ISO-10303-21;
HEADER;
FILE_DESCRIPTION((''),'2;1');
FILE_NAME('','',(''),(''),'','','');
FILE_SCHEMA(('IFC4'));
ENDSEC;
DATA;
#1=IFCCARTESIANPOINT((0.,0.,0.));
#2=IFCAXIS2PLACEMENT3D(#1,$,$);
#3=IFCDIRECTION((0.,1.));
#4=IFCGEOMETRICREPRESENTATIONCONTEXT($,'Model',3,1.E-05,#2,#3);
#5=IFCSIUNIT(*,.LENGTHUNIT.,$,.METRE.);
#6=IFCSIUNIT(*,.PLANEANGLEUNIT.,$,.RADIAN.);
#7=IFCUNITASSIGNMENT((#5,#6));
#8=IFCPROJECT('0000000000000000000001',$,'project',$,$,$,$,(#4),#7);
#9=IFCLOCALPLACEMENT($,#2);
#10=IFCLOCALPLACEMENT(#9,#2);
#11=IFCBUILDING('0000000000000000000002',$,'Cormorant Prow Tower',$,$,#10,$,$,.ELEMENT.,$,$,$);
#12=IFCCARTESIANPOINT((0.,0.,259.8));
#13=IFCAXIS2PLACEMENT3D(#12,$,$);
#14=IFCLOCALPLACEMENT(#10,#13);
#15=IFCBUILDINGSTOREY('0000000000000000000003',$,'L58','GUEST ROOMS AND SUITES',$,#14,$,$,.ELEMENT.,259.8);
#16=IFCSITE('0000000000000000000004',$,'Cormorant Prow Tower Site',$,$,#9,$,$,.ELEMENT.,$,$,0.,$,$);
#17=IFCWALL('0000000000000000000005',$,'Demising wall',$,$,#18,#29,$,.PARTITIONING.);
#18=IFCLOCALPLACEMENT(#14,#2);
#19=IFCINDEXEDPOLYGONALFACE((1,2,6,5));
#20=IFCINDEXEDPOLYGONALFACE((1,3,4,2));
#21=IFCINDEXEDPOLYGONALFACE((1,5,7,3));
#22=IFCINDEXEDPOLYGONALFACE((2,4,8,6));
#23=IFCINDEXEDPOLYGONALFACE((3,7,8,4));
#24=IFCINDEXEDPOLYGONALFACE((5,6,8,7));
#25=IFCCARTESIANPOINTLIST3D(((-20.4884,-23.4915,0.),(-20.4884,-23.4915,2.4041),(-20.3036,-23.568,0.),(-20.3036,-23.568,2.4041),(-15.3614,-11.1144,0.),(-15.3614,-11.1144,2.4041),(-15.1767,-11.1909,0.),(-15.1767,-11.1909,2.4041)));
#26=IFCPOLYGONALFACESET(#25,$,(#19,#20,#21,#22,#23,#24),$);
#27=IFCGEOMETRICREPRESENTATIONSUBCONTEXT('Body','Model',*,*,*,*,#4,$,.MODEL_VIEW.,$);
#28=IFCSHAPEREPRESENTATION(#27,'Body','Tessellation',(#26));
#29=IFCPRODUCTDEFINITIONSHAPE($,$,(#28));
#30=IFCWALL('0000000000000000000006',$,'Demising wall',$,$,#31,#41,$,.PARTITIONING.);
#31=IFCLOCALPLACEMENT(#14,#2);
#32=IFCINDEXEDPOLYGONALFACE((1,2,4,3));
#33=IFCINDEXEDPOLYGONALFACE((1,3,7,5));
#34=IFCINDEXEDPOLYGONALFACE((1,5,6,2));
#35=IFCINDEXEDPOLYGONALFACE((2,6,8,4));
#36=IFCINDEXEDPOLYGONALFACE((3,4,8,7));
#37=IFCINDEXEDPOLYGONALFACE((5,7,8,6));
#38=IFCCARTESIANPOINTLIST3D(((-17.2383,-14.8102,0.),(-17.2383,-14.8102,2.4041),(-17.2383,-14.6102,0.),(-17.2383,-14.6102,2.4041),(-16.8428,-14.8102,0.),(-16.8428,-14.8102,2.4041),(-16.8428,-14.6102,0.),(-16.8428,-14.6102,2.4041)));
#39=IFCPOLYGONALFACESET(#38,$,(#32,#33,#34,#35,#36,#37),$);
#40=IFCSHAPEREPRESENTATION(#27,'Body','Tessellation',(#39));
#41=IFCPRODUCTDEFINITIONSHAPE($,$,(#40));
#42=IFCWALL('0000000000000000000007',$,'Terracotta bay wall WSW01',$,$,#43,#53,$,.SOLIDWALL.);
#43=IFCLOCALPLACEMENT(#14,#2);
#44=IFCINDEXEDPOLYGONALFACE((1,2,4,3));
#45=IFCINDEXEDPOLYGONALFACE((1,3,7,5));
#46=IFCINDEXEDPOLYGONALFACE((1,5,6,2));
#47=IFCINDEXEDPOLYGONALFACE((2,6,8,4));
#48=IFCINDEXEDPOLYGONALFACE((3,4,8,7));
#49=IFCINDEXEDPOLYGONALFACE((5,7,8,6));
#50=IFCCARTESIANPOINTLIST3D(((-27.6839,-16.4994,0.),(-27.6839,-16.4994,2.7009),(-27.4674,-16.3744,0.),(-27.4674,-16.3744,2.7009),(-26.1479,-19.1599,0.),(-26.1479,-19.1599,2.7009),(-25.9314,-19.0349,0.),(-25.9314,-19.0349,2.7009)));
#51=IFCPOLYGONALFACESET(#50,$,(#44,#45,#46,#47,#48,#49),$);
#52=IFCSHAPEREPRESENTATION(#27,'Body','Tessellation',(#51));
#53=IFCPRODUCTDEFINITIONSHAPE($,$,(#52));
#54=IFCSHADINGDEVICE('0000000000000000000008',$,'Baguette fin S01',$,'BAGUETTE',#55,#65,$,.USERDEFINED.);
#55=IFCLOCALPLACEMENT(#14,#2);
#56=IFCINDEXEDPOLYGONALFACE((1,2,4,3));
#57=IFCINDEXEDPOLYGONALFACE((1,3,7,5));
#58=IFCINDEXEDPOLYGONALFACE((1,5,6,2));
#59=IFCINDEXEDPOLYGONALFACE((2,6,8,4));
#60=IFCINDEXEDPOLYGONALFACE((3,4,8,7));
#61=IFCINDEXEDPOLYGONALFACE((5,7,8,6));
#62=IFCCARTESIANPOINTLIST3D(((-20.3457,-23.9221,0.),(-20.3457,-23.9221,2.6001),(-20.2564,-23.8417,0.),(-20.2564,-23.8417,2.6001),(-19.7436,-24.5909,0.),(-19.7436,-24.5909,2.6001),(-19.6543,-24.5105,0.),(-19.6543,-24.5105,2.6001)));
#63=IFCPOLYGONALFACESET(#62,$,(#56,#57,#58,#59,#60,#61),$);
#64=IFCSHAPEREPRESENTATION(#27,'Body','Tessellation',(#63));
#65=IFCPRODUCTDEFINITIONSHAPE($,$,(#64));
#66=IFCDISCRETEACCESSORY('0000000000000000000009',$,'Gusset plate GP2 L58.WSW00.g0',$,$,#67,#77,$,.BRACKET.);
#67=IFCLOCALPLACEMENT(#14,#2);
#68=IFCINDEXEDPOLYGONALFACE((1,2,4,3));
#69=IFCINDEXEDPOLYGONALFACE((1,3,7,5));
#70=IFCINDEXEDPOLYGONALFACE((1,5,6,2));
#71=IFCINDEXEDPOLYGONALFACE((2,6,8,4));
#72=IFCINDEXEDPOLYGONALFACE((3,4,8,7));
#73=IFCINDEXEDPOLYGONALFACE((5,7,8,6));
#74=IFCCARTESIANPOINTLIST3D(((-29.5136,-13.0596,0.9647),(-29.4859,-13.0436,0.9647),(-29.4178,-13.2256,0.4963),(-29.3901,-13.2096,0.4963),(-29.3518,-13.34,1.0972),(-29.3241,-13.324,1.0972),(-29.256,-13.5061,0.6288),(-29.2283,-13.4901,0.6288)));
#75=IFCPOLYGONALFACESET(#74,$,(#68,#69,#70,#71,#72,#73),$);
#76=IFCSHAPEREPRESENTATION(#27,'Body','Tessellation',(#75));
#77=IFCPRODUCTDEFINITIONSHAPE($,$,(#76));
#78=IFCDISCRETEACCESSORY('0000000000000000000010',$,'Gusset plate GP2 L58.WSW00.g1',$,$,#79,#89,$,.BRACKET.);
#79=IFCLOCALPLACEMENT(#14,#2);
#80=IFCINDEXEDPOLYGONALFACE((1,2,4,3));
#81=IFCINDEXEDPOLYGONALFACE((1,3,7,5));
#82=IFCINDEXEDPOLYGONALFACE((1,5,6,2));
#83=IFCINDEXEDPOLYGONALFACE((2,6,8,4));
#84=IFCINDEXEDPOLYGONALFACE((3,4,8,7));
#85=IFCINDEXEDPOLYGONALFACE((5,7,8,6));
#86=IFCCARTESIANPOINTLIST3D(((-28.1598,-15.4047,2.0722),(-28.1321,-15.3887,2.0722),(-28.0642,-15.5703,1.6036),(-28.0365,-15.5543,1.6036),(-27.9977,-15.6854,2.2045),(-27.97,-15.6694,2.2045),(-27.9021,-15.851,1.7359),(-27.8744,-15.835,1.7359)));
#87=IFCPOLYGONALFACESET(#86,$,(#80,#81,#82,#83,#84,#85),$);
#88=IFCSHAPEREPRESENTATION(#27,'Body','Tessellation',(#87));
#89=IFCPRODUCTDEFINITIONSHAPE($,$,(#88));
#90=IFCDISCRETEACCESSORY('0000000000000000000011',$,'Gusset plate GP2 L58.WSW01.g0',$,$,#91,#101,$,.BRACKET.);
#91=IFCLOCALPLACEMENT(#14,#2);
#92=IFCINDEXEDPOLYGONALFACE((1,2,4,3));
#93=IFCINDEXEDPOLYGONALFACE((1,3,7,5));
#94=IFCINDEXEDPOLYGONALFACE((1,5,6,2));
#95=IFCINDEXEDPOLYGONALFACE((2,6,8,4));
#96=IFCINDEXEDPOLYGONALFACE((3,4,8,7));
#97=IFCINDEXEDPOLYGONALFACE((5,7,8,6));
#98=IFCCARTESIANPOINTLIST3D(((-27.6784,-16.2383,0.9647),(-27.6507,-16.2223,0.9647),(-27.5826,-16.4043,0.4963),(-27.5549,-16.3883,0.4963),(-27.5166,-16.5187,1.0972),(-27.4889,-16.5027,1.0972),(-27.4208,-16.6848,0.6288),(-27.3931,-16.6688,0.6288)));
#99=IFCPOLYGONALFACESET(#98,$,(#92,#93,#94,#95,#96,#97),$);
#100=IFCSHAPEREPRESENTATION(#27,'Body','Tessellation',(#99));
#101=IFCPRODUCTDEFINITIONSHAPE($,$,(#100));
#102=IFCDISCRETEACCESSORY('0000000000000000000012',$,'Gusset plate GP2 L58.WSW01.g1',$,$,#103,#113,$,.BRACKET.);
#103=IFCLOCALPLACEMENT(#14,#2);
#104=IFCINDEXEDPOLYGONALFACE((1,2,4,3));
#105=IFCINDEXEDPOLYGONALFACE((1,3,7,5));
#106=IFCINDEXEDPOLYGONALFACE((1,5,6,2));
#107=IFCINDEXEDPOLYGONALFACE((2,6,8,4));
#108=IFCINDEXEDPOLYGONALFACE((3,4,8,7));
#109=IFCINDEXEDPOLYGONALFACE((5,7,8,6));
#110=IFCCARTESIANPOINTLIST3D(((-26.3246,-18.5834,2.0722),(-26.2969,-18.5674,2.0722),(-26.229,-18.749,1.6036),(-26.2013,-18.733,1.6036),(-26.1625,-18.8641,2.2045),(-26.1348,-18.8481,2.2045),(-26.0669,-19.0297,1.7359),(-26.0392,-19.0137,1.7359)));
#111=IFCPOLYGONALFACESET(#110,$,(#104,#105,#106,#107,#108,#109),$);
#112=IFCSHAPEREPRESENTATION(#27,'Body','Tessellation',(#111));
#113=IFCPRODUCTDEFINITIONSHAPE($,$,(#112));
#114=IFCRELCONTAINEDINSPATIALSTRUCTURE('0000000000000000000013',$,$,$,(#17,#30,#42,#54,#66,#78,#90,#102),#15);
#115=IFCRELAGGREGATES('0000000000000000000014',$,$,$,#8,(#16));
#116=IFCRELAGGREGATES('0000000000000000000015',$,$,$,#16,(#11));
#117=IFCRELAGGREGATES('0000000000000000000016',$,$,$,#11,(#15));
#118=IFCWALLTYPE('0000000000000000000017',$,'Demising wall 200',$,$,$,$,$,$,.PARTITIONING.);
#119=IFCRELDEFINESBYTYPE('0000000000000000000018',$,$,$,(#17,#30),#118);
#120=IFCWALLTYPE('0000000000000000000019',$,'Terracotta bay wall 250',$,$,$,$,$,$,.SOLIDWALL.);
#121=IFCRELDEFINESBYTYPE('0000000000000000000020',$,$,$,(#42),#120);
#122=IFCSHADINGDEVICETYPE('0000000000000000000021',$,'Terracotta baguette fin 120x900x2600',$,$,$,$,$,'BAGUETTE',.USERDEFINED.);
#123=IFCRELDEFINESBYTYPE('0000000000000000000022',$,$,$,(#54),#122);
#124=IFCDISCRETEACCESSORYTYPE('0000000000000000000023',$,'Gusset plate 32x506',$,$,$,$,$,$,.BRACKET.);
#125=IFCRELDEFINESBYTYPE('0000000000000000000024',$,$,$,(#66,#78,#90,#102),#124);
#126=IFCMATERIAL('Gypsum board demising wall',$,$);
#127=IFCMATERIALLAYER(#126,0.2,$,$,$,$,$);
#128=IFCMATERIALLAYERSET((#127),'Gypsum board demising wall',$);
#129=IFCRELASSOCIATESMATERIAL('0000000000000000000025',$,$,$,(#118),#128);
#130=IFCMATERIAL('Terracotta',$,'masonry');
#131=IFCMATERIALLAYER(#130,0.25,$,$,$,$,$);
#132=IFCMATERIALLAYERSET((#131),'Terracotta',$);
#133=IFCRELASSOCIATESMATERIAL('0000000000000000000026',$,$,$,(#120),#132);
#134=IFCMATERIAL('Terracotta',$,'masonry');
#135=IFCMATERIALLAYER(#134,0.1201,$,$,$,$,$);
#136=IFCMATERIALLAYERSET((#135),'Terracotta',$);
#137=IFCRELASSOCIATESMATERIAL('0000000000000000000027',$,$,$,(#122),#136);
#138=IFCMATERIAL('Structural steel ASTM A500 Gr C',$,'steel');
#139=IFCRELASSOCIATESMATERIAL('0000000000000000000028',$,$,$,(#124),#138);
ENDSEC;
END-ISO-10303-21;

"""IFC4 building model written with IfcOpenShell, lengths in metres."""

from ifc_helpers import new_model, si_unit, direction, frame, frame_2d, origin, origin_2d, place, context, subcontext, project, spatial, rectangle, extrude, material, layer, layer_set, material_profile, profile_set, type_object, element, save


model = new_model("IFC4")

# Units and contexts
model_context = context("Model", 3, precision=1e-05, world=origin(), true_north=direction((0.0, 1.0)))
body_context = subcontext(model_context, "Body", "Model", "MODEL_VIEW")
ifc_project = project(units=[si_unit("LENGTHUNIT", "METRE"), si_unit("PLANEANGLEUNIT", "RADIAN")], contexts=[model_context])

# Site, building, storey
site_placement = place(None, origin())
site = spatial("IfcSite", under=ifc_project, at=site_placement, Name="Cormorant Prow Tower Site", CompositionType="ELEMENT", RefElevation=0.0)
building_placement = place(site_placement, origin())
building = spatial("IfcBuilding", under=site, at=building_placement, Name="Cormorant Prow Tower", CompositionType="ELEMENT")
storey_placement = place(building_placement, frame((0.0, 0.0, 259.8)))
storey = spatial("IfcBuildingStorey", under=building, at=storey_placement, Name="L58", Description="GUEST ROOMS AND SUITES", CompositionType="ELEMENT", Elevation=259.8)

# Walls
ifc_material_1 = material(Name="Gypsum board demising wall")
ifc_layer_1 = layer(ifc_material_1, 0.2)
ifc_layer_set_1 = layer_set([ifc_layer_1], Name="Gypsum board demising wall")
wall_type_1 = type_object("IfcWallType", Name="Demising wall 200", PredefinedType="PARTITIONING", material=ifc_layer_set_1)
wall_1_placement = place(storey_placement, frame((-20.396, -23.5298, 0.0), z_axis=(0.0, 0.0, 1.0), x_axis=(0.382693, 0.923876, 0.0)))
element("IfcWall", 1, at=wall_1_placement, inside=storey, type_object=wall_type_1, Name="Demising wall", PredefinedType="PARTITIONING", context=body_context, shape_type="SweptSolid", body=[
    extrude(rectangle(XDim=13.397, YDim=0.2, at=frame_2d((6.6985, 0.0))), origin(), (0.0, 0.0, 1.0), 2.4041),
])
wall_2_placement = place(storey_placement, frame((-17.2383, -14.7102, 0.0), z_axis=(0.0, 0.0, 1.0), x_axis=(1.0, 0.0, 0.0)))
element("IfcWall", 2, at=wall_2_placement, inside=storey, type_object=wall_type_1, Name="Demising wall", PredefinedType="PARTITIONING", context=body_context, shape_type="SweptSolid", body=[
    extrude(rectangle(XDim=0.3955, YDim=0.2, at=frame_2d((0.1978, 0.0))), origin(), (0.0, 0.0, 1.0), 2.4041),
])
ifc_material_2 = material(Name="Terracotta", Category="masonry")
ifc_layer_2 = layer(ifc_material_2, 0.25)
ifc_layer_set_2 = layer_set([ifc_layer_2], Name="Terracotta")
wall_type_2 = type_object("IfcWallType", Name="Terracotta bay wall 250", PredefinedType="SOLIDWALL", material=ifc_layer_set_2)
wall_3_placement = place(storey_placement, frame((-27.5757, -16.4368, 0.0), z_axis=(0.0, 0.0, 1.0), x_axis=(0.499977, -0.866039, 0.0)))
element("IfcWall", 3, at=wall_3_placement, inside=storey, type_object=wall_type_2, Name="Terracotta bay wall WSW01", PredefinedType="SOLIDWALL", context=body_context, shape_type="SweptSolid", body=[
    extrude(rectangle(XDim=3.072, YDim=0.25, at=frame_2d((1.5361, 0.0))), origin(), (0.0, 0.0, 1.0), 2.7009),
])

# Shading device
ifc_material_3 = material(Name="Terracotta", Category="masonry")
ifc_layer_3 = layer(ifc_material_3, 0.1201)
ifc_layer_set_3 = layer_set([ifc_layer_3], Name="Terracotta")
shading_device_type = type_object("IfcShadingDeviceType", Name="Terracotta baguette fin 120x900x2600", ElementType="BAGUETTE", PredefinedType="USERDEFINED", material=ifc_layer_set_3)
shading_device_placement = place(storey_placement, frame((-20.0, -24.2163, 0.0), z_axis=(0.0, 0.0, 1.0), x_axis=(0.743145, 0.669131, 0.0)))
element("IfcShadingDevice", 4, at=shading_device_placement, inside=storey, type_object=shading_device_type, Name="Baguette fin S01", ObjectType="BAGUETTE", PredefinedType="USERDEFINED", context=body_context, shape_type="SweptSolid", body=[
    extrude(rectangle(XDim=0.1201, YDim=0.8999, at=origin_2d()), origin(), (0.0, 0.0, 1.0), 2.6001),
])

# Discrete accessories
ifc_material_4 = material(Name="Structural steel ASTM A500 Gr C", Category="steel")
ifc_material_profile_1 = material_profile(ifc_material_4, rectangle(XDim=0.032, YDim=0.5061, at=origin_2d()), Name="Gusset plate 32x506")
ifc_profile_set_1 = profile_set([ifc_material_profile_1], Name="Structural steel ASTM A500 Gr C")
discrete_accessory_type = type_object("IfcDiscreteAccessoryType", Name="Gusset plate 32x506", PredefinedType="BRACKET", material=ifc_profile_set_1)
discrete_accessory_1_placement = place(storey_placement, frame((-29.29, -13.415, 0.863), z_axis=(-0.462538, 0.801594, -0.378821), x_axis=(-0.866148, -0.499788, 0.0)))
element("IfcDiscreteAccessory", 5, at=discrete_accessory_1_placement, inside=storey, type_object=discrete_accessory_type, Name="Gusset plate GP2 L58.WSW00.g0", PredefinedType="BRACKET", context=body_context, shape_type="SweptSolid", body=[
    extrude(rectangle(XDim=0.032, YDim=0.5061, at=origin_2d()), origin(), (0.0, 0.0, 1.0), 0.3499),
])
discrete_accessory_2_placement = place(storey_placement, frame((-28.0981, -15.4795, 1.8379), z_axis=(0.46295, -0.801796, 0.37789), x_axis=(0.86601, 0.500027, 0.0)))
element("IfcDiscreteAccessory", 6, at=discrete_accessory_2_placement, inside=storey, type_object=discrete_accessory_type, Name="Gusset plate GP2 L58.WSW00.g1", PredefinedType="BRACKET", context=body_context, shape_type="SweptSolid", body=[
    extrude(rectangle(XDim=0.032, YDim=0.5061, at=origin_2d()), origin(), (0.0, 0.0, 1.0), 0.3501),
])
discrete_accessory_3_placement = place(storey_placement, frame((-27.4548, -16.5938, 0.863), z_axis=(-0.462538, 0.801594, -0.378821), x_axis=(-0.866148, -0.499788, 0.0)))
element("IfcDiscreteAccessory", 7, at=discrete_accessory_3_placement, inside=storey, type_object=discrete_accessory_type, Name="Gusset plate GP2 L58.WSW01.g0", PredefinedType="BRACKET", context=body_context, shape_type="SweptSolid", body=[
    extrude(rectangle(XDim=0.032, YDim=0.5061, at=origin_2d()), origin(), (0.0, 0.0, 1.0), 0.3499),
])
discrete_accessory_4_placement = place(storey_placement, frame((-26.2629, -18.6582, 1.8379), z_axis=(0.46295, -0.801796, 0.37789), x_axis=(0.86601, 0.500027, 0.0)))
element("IfcDiscreteAccessory", 8, at=discrete_accessory_4_placement, inside=storey, type_object=discrete_accessory_type, Name="Gusset plate GP2 L58.WSW01.g1", PredefinedType="BRACKET", context=body_context, shape_type="SweptSolid", body=[
    extrude(rectangle(XDim=0.032, YDim=0.5061, at=origin_2d()), origin(), (0.0, 0.0, 1.0), 0.3501),
])

save(model, "model.ifc")
